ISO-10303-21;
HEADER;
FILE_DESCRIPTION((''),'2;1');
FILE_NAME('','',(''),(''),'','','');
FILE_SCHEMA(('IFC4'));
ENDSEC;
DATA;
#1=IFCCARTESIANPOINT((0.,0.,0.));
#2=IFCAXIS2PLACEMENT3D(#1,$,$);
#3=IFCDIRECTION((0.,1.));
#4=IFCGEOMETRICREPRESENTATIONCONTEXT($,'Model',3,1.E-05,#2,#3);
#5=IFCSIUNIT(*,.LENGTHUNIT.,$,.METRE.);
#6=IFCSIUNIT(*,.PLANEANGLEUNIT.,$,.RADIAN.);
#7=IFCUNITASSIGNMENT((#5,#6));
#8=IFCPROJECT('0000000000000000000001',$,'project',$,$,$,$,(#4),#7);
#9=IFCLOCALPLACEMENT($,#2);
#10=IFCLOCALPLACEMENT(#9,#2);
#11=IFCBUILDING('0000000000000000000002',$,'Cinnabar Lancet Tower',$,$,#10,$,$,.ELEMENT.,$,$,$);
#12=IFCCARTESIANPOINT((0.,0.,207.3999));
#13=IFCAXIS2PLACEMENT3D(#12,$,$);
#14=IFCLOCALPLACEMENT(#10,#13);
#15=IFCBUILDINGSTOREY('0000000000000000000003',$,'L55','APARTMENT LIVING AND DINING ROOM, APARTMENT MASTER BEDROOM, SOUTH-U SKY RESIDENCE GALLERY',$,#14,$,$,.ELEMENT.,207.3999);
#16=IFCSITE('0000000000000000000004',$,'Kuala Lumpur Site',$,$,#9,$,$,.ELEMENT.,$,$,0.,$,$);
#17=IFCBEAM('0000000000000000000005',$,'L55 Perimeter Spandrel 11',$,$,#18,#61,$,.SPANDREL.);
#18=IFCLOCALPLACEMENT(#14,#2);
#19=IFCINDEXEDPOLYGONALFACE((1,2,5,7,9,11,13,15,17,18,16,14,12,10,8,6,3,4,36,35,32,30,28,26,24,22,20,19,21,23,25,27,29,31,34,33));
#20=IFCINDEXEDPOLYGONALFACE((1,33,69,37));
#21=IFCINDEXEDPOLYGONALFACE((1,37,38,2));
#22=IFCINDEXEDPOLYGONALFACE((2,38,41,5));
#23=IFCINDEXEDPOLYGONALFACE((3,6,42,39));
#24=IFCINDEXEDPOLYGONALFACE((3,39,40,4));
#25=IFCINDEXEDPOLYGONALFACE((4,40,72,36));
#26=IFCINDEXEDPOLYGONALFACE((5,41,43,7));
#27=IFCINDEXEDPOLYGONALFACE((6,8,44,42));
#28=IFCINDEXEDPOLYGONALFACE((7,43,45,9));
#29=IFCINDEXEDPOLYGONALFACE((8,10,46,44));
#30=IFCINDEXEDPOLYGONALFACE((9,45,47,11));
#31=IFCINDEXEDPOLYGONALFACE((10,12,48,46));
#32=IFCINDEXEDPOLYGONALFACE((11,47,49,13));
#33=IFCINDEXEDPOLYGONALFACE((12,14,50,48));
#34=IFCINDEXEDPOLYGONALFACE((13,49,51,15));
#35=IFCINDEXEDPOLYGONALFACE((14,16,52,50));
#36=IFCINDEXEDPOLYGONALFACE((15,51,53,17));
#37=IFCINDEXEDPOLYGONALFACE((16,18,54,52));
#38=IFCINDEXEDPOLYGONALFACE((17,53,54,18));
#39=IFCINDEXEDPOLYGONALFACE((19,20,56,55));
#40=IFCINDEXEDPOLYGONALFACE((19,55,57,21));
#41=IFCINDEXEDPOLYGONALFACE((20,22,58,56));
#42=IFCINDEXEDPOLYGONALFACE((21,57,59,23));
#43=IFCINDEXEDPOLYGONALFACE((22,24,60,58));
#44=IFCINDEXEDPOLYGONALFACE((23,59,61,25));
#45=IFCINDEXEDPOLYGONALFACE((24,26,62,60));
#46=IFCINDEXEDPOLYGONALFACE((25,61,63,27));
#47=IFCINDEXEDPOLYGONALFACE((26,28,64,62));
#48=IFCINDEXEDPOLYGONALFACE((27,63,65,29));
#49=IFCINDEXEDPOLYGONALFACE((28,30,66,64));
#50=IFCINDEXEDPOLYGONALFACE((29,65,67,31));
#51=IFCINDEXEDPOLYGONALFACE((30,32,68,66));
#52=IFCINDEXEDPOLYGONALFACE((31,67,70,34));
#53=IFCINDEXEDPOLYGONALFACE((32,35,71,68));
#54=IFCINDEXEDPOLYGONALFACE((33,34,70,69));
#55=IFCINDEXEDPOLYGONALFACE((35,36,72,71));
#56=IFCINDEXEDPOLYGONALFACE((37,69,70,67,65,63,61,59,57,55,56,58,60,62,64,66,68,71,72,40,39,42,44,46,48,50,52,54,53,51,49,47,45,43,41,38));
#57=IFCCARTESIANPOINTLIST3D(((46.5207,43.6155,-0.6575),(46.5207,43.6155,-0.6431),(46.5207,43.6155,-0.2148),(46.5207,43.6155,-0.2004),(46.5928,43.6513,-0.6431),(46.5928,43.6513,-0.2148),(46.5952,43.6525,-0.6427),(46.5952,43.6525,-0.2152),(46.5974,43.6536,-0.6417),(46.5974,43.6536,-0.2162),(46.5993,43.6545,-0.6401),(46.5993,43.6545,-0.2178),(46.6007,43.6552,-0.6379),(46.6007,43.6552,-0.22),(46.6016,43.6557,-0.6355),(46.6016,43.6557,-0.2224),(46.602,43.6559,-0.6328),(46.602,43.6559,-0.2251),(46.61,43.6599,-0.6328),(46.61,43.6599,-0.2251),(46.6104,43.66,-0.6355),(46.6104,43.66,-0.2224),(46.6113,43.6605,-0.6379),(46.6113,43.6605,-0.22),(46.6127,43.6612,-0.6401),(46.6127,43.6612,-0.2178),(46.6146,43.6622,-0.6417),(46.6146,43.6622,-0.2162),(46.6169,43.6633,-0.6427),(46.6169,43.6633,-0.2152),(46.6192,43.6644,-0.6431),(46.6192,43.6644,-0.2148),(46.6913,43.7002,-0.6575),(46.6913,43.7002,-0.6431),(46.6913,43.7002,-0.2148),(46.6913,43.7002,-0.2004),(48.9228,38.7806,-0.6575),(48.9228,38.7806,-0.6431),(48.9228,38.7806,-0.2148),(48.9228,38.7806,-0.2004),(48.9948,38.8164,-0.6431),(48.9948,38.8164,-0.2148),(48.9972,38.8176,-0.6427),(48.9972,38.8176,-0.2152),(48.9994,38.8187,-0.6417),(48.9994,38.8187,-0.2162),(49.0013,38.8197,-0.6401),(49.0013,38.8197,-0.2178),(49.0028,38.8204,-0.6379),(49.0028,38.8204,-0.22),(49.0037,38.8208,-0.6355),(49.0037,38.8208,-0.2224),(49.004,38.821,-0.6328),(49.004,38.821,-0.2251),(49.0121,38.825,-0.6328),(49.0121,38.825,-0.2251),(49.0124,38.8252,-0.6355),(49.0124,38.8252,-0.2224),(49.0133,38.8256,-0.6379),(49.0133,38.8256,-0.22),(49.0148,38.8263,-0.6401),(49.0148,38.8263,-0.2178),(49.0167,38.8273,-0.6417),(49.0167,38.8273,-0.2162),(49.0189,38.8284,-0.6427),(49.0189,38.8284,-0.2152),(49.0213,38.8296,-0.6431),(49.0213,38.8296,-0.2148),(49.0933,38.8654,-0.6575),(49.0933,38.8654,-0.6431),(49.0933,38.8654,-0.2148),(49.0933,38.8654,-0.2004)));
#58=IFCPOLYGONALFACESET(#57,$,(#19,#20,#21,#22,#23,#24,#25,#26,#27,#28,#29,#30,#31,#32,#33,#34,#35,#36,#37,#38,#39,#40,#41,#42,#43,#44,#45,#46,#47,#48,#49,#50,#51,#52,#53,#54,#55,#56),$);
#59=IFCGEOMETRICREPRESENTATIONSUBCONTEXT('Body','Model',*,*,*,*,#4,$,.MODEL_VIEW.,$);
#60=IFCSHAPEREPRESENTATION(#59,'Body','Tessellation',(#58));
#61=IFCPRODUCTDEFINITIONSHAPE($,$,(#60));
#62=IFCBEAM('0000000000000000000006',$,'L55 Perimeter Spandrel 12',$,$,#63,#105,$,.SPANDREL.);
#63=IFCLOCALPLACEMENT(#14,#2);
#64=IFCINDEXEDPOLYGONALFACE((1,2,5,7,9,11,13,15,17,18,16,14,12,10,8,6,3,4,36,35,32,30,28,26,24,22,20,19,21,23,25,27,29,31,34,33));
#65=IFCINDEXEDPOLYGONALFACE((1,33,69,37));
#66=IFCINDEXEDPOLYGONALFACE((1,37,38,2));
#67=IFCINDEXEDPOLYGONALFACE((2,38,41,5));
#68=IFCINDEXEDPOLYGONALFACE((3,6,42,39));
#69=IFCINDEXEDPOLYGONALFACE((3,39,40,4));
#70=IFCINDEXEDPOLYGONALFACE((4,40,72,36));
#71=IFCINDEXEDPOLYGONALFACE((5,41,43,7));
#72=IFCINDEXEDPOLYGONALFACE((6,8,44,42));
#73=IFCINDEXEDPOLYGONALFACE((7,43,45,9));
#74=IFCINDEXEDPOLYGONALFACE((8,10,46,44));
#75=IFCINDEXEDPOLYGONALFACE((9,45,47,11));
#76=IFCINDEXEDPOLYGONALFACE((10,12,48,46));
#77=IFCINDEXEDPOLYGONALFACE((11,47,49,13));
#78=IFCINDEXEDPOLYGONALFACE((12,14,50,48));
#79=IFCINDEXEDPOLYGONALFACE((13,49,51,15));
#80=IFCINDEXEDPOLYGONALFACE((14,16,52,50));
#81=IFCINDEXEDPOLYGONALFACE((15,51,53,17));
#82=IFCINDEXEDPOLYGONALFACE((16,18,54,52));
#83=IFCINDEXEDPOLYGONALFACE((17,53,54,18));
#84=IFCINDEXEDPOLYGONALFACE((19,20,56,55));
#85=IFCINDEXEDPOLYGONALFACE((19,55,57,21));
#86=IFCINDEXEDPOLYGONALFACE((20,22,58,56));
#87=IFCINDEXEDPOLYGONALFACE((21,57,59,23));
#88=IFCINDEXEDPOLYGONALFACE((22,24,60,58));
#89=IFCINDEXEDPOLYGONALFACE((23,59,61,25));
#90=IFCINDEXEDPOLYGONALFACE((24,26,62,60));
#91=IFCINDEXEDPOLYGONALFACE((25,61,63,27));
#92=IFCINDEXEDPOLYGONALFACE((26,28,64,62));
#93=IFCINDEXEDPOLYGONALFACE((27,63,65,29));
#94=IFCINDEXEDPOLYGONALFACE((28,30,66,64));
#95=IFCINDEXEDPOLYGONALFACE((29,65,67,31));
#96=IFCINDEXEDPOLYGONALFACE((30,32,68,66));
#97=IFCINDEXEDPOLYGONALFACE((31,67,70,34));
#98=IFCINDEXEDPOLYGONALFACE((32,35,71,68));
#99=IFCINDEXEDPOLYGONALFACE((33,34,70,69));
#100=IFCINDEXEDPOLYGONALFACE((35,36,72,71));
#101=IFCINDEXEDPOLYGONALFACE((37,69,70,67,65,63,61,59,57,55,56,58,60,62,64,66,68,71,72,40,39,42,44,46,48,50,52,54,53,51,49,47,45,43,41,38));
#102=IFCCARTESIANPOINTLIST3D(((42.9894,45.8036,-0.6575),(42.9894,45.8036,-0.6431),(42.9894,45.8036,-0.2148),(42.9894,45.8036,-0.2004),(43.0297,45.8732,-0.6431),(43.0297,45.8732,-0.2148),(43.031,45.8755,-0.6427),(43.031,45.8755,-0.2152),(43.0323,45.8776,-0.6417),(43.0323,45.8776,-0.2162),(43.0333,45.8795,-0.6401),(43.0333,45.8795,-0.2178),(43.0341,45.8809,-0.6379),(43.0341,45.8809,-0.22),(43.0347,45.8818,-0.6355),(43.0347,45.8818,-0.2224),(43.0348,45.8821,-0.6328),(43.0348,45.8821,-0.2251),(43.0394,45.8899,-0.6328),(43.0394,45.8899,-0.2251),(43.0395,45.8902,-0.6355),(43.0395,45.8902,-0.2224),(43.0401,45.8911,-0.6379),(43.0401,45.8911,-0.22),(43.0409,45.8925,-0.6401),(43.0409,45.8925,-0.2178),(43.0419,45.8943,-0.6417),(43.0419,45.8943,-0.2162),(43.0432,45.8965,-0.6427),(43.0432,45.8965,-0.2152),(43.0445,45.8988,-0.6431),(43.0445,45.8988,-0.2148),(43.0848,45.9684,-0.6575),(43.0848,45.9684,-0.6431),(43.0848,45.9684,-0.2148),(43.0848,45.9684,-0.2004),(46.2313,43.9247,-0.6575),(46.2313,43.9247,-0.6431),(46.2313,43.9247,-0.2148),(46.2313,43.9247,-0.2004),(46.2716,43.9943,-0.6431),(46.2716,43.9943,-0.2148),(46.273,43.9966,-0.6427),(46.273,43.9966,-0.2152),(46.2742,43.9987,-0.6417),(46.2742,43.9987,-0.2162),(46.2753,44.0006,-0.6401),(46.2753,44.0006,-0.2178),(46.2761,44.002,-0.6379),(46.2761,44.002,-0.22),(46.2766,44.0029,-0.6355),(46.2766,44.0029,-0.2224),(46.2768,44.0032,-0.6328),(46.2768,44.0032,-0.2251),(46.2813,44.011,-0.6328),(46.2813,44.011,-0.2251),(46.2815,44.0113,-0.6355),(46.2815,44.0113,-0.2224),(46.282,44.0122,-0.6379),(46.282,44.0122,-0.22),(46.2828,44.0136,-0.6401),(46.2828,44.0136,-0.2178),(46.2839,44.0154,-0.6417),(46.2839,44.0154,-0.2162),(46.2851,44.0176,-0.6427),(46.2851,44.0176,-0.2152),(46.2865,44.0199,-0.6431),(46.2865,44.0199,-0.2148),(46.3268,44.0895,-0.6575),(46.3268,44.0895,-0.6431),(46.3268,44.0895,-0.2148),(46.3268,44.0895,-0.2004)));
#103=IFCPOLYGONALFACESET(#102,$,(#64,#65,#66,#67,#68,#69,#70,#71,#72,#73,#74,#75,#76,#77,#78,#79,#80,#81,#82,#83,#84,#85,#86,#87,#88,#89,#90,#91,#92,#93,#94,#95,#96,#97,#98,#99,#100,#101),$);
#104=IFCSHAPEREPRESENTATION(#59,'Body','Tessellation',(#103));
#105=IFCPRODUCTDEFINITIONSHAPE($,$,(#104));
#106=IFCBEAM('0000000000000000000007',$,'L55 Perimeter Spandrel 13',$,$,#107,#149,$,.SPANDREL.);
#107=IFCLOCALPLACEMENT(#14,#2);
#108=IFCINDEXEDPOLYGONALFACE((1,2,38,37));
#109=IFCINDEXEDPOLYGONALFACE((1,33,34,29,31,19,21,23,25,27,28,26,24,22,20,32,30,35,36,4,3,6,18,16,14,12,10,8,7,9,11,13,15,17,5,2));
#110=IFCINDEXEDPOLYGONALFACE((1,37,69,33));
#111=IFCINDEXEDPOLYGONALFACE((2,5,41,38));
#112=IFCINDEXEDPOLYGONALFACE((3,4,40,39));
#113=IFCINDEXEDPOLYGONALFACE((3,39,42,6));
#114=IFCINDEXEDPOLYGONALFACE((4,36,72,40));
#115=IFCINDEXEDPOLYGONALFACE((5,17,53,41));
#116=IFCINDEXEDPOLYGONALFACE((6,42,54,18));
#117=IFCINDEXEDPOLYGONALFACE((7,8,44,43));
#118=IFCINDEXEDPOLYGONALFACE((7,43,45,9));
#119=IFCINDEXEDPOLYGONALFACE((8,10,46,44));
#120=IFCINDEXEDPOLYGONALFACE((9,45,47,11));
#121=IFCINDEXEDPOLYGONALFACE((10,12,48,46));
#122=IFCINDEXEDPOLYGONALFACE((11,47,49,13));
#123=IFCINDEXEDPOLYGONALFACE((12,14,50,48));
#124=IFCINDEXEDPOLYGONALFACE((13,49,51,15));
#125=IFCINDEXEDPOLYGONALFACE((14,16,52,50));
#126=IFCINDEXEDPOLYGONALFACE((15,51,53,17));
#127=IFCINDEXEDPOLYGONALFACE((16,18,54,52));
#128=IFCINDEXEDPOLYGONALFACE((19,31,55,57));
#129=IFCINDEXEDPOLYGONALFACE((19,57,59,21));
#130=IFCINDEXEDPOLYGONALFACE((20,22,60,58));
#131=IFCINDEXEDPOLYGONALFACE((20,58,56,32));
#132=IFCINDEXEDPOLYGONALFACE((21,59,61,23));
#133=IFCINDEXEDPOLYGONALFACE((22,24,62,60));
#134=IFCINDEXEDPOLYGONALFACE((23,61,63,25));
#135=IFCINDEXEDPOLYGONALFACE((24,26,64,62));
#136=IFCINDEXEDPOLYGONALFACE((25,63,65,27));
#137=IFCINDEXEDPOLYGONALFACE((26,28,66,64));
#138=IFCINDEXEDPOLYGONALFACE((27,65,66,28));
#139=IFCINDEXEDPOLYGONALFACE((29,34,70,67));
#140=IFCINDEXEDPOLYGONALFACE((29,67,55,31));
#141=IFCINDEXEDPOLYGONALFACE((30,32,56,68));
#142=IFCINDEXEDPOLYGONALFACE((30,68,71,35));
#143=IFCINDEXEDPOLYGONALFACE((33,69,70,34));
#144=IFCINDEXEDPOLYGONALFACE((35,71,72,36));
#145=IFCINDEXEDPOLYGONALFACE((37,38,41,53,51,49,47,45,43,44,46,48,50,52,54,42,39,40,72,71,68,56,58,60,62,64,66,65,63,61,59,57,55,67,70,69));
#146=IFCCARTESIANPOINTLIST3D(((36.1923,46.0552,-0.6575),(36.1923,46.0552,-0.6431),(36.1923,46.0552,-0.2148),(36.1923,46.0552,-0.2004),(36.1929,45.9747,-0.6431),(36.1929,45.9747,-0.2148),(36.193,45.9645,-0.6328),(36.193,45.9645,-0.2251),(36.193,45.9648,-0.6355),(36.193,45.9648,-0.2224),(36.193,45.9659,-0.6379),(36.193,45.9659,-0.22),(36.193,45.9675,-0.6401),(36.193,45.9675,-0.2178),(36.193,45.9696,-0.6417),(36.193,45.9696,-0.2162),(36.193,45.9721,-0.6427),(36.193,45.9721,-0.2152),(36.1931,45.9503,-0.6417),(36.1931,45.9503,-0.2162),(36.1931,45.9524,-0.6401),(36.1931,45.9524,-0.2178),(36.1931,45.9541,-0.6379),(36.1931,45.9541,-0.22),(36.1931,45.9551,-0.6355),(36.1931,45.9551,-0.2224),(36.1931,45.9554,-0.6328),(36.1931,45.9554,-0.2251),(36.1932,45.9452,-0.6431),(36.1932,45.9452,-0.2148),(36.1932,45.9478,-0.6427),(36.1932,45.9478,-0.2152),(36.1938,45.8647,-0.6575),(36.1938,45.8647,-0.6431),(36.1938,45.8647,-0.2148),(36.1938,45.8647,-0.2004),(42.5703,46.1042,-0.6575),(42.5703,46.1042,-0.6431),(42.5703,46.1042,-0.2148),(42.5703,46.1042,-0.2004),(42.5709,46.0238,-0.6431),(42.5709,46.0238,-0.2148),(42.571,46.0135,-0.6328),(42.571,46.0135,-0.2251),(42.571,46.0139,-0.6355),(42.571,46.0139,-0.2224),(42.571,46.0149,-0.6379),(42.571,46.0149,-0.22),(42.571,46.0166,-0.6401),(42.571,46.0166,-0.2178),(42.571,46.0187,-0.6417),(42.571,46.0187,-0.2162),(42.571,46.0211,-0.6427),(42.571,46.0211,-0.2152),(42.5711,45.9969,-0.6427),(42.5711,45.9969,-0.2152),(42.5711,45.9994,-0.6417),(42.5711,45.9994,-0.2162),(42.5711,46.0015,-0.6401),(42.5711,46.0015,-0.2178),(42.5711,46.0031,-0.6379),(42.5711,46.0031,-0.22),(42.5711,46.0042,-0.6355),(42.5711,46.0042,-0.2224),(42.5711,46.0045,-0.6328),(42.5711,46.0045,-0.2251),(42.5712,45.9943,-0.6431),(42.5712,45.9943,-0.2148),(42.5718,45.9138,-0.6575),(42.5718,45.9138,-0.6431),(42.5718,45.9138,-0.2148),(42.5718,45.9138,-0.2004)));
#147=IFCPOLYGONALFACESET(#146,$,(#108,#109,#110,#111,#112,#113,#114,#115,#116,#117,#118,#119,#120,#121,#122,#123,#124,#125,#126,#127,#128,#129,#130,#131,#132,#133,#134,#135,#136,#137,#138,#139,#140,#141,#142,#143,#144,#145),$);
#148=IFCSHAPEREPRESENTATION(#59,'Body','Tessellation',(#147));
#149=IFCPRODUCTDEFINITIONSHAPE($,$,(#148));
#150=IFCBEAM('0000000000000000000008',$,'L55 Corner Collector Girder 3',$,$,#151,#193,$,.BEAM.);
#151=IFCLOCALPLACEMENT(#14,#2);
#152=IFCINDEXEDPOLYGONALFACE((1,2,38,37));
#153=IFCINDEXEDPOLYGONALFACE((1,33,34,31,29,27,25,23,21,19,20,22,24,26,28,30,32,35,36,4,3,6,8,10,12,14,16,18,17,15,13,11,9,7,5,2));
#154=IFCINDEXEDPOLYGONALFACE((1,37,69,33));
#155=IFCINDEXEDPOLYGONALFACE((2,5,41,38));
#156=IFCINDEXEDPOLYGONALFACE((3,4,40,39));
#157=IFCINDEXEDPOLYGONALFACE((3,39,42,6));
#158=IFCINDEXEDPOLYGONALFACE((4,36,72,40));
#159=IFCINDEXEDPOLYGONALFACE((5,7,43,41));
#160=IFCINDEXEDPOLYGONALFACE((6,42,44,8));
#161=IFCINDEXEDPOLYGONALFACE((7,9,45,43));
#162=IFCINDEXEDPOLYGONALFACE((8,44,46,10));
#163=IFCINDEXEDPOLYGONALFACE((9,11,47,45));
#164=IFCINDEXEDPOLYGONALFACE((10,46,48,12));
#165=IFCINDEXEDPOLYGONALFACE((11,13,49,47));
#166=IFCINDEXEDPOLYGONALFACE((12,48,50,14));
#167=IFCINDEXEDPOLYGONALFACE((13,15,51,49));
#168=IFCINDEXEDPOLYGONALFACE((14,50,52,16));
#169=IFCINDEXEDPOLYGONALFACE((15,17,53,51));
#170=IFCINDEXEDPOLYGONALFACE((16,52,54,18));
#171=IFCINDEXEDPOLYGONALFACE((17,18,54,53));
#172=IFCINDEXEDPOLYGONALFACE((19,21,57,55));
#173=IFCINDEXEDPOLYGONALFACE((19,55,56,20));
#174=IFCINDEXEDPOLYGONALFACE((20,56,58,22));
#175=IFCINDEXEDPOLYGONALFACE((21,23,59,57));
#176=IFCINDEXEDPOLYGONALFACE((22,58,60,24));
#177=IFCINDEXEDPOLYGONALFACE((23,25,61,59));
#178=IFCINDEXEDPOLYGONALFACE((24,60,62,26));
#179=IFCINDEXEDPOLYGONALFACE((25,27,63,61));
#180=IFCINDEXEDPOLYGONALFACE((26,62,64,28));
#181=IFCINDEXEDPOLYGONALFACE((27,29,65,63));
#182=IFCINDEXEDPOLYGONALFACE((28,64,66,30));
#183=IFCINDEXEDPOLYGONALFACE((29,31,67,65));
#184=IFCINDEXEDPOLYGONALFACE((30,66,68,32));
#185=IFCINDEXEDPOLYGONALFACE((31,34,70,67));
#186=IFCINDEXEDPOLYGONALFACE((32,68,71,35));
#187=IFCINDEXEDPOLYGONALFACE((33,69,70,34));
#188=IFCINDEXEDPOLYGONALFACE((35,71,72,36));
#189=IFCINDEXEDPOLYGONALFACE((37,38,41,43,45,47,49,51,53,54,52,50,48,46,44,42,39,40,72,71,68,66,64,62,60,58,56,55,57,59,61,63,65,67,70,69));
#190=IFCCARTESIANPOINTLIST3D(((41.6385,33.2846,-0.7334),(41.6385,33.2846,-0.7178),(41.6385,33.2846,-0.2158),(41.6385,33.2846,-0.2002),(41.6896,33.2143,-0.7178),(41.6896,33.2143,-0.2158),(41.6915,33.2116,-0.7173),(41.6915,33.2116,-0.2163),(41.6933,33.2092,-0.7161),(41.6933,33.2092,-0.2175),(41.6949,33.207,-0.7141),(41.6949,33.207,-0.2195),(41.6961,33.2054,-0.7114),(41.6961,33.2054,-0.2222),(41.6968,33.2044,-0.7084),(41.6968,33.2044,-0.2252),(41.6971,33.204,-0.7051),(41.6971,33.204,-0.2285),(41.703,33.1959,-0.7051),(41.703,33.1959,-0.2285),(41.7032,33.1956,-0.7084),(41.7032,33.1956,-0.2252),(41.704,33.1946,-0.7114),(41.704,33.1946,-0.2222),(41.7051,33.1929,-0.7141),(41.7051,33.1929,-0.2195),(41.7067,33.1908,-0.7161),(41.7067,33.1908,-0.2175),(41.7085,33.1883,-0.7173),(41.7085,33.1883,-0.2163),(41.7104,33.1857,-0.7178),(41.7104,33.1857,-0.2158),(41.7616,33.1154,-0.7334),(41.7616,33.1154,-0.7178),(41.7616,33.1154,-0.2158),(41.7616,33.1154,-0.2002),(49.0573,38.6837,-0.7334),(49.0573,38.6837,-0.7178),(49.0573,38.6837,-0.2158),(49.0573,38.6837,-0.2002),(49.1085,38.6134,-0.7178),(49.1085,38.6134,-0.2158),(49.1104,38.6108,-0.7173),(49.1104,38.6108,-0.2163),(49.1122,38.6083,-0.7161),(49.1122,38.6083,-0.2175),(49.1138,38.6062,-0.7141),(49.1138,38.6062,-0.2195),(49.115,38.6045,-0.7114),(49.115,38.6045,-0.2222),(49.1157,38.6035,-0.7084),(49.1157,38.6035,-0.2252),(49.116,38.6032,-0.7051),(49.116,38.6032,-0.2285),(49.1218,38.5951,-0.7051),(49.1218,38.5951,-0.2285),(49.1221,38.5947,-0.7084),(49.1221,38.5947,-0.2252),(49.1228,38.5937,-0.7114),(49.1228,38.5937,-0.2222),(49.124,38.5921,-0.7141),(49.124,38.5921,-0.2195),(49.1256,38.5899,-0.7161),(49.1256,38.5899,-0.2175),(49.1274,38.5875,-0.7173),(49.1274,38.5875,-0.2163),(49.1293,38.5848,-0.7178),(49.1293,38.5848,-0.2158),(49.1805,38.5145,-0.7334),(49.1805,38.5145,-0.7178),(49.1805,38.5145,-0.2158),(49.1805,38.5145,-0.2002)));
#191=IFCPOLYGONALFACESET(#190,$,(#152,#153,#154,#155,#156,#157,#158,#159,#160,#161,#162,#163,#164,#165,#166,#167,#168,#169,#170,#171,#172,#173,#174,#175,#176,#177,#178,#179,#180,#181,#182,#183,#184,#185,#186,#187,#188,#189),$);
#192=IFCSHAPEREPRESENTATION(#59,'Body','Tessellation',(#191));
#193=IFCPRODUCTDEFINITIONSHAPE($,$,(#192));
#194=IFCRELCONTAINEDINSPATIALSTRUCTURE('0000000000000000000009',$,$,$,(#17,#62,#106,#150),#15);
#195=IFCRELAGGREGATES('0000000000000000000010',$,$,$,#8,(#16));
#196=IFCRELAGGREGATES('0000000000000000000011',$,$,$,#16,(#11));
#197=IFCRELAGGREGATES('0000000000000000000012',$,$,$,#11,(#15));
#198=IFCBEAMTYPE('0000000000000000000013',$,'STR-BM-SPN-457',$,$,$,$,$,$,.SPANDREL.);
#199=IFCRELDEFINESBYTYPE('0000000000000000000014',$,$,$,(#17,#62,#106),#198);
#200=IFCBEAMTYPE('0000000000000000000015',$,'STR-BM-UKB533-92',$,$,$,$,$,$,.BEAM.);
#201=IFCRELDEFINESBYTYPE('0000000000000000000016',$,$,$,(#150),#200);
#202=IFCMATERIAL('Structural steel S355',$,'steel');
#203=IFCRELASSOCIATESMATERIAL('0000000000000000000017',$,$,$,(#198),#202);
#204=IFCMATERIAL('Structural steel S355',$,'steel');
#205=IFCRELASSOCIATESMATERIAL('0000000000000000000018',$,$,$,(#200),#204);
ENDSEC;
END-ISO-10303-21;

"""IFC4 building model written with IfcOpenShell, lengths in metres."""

from ifc_helpers import new_model, si_unit, direction, frame, origin, origin_2d, place, context, subcontext, project, spatial, i_section, extrude, material, material_profile, profile_set, type_object, element, save


model = new_model("IFC4")

# Units and contexts
model_context = context("Model", 3, precision=1e-05, world=origin(), true_north=direction((0.0, 1.0)))
body_context = subcontext(model_context, "Body", "Model", "MODEL_VIEW")
ifc_project = project(units=[si_unit("LENGTHUNIT", "METRE"), si_unit("PLANEANGLEUNIT", "RADIAN")], contexts=[model_context])

# Site, building, storey
site_placement = place(None, origin())
site = spatial("IfcSite", under=ifc_project, at=site_placement, Name="Kuala Lumpur Site", CompositionType="ELEMENT", RefElevation=0.0)
building_placement = place(site_placement, origin())
building = spatial("IfcBuilding", under=site, at=building_placement, Name="Cinnabar Lancet Tower", CompositionType="ELEMENT")
storey_placement = place(building_placement, frame((0.0, 0.0, 207.3999)))
storey = spatial("IfcBuildingStorey", under=building, at=storey_placement, Name="L55", Description="APARTMENT LIVING AND DINING ROOM, APARTMENT MASTER BEDROOM, SOUTH-U SKY RESIDENCE GALLERY", CompositionType="ELEMENT", Elevation=207.3999)

# Beams
ifc_material_1 = material(Name="Structural steel S355", Category="steel")
ifc_material_profile_1 = material_profile(ifc_material_1, i_section(OverallWidth=0.1904, OverallDepth=0.457, WebThickness=0.009, FlangeThickness=0.0144, FilletRadius=0.0103, at=origin_2d()), Name="UKB 457x191x74")
ifc_profile_set_1 = profile_set([ifc_material_profile_1], Name="Structural steel S355")
beam_type_1 = type_object("IfcBeamType", Name="STR-BM-SPN-457", PredefinedType="SPANDREL", material=ifc_profile_set_1)
beam_1_placement = place(storey_placement, frame((49.0081, 38.823, -0.429), z_axis=(-0.444933, 0.895564, 0.0), x_axis=(-0.895564, -0.444933, 0.0)))
element("IfcBeam", 1, at=beam_1_placement, inside=storey, type_object=beam_type_1, Name="L55 Perimeter Spandrel 11", PredefinedType="SPANDREL", context=body_context, shape_type="SweptSolid", body=[
    extrude(i_section(OverallWidth=0.1904, OverallDepth=0.457, WebThickness=0.009, FlangeThickness=0.0144, FilletRadius=0.0103, at=origin_2d()), origin(), (0.0, 0.0, 1.0), 5.3987),
])
beam_2_placement = place(storey_placement, frame((46.2791, 44.0071, -0.429), z_axis=(-0.865196, 0.501434, 0.0), x_axis=(-0.501434, -0.865196, 0.0)))
element("IfcBeam", 2, at=beam_2_placement, inside=storey, type_object=beam_type_1, Name="L55 Perimeter Spandrel 12", PredefinedType="SPANDREL", context=body_context, shape_type="SweptSolid", body=[
    extrude(i_section(OverallWidth=0.1904, OverallDepth=0.457, WebThickness=0.009, FlangeThickness=0.0144, FilletRadius=0.0103, at=origin_2d()), origin(), (0.0, 0.0, 1.0), 3.7471),
])
beam_3_placement = place(storey_placement, frame((42.571, 46.009, -0.429), z_axis=(-0.99997, -0.007694, 0.0), x_axis=(0.007694, -0.99997, 0.0)))
element("IfcBeam", 3, at=beam_3_placement, inside=storey, type_object=beam_type_1, Name="L55 Perimeter Spandrel 13", PredefinedType="SPANDREL", context=body_context, shape_type="SweptSolid", body=[
    extrude(i_section(OverallWidth=0.1904, OverallDepth=0.457, WebThickness=0.009, FlangeThickness=0.0144, FilletRadius=0.0103, at=origin_2d()), origin(), (0.0, 0.0, 1.0), 6.3782),
])
ifc_material_2 = material(Name="Structural steel S355", Category="steel")
ifc_material_profile_2 = material_profile(ifc_material_2, i_section(OverallWidth=0.2092, OverallDepth=0.5332, WebThickness=0.01, FlangeThickness=0.0156, FilletRadius=0.0127, at=origin_2d()), Name="UKB 533x210x92")
ifc_profile_set_2 = profile_set([ifc_material_profile_2], Name="Structural steel S355")
beam_type_2 = type_object("IfcBeamType", Name="STR-BM-UKB533-92", PredefinedType="BEAM", material=ifc_profile_set_2)
beam_4_placement = place(storey_placement, frame((49.1189, 38.5991, -0.4668), z_axis=(-0.808551, -0.588426, 0.0), x_axis=(0.588426, -0.808551, 0.0)))
element("IfcBeam", 4, at=beam_4_placement, inside=storey, type_object=beam_type_2, Name="L55 Corner Collector Girder 3", PredefinedType="BEAM", context=body_context, shape_type="SweptSolid", body=[
    extrude(i_section(OverallWidth=0.2092, OverallDepth=0.5332, WebThickness=0.01, FlangeThickness=0.0156, FilletRadius=0.0127, at=origin_2d()), origin(), (0.0, 0.0, 1.0), 9.1755),
])

save(model, "model.ifc")
